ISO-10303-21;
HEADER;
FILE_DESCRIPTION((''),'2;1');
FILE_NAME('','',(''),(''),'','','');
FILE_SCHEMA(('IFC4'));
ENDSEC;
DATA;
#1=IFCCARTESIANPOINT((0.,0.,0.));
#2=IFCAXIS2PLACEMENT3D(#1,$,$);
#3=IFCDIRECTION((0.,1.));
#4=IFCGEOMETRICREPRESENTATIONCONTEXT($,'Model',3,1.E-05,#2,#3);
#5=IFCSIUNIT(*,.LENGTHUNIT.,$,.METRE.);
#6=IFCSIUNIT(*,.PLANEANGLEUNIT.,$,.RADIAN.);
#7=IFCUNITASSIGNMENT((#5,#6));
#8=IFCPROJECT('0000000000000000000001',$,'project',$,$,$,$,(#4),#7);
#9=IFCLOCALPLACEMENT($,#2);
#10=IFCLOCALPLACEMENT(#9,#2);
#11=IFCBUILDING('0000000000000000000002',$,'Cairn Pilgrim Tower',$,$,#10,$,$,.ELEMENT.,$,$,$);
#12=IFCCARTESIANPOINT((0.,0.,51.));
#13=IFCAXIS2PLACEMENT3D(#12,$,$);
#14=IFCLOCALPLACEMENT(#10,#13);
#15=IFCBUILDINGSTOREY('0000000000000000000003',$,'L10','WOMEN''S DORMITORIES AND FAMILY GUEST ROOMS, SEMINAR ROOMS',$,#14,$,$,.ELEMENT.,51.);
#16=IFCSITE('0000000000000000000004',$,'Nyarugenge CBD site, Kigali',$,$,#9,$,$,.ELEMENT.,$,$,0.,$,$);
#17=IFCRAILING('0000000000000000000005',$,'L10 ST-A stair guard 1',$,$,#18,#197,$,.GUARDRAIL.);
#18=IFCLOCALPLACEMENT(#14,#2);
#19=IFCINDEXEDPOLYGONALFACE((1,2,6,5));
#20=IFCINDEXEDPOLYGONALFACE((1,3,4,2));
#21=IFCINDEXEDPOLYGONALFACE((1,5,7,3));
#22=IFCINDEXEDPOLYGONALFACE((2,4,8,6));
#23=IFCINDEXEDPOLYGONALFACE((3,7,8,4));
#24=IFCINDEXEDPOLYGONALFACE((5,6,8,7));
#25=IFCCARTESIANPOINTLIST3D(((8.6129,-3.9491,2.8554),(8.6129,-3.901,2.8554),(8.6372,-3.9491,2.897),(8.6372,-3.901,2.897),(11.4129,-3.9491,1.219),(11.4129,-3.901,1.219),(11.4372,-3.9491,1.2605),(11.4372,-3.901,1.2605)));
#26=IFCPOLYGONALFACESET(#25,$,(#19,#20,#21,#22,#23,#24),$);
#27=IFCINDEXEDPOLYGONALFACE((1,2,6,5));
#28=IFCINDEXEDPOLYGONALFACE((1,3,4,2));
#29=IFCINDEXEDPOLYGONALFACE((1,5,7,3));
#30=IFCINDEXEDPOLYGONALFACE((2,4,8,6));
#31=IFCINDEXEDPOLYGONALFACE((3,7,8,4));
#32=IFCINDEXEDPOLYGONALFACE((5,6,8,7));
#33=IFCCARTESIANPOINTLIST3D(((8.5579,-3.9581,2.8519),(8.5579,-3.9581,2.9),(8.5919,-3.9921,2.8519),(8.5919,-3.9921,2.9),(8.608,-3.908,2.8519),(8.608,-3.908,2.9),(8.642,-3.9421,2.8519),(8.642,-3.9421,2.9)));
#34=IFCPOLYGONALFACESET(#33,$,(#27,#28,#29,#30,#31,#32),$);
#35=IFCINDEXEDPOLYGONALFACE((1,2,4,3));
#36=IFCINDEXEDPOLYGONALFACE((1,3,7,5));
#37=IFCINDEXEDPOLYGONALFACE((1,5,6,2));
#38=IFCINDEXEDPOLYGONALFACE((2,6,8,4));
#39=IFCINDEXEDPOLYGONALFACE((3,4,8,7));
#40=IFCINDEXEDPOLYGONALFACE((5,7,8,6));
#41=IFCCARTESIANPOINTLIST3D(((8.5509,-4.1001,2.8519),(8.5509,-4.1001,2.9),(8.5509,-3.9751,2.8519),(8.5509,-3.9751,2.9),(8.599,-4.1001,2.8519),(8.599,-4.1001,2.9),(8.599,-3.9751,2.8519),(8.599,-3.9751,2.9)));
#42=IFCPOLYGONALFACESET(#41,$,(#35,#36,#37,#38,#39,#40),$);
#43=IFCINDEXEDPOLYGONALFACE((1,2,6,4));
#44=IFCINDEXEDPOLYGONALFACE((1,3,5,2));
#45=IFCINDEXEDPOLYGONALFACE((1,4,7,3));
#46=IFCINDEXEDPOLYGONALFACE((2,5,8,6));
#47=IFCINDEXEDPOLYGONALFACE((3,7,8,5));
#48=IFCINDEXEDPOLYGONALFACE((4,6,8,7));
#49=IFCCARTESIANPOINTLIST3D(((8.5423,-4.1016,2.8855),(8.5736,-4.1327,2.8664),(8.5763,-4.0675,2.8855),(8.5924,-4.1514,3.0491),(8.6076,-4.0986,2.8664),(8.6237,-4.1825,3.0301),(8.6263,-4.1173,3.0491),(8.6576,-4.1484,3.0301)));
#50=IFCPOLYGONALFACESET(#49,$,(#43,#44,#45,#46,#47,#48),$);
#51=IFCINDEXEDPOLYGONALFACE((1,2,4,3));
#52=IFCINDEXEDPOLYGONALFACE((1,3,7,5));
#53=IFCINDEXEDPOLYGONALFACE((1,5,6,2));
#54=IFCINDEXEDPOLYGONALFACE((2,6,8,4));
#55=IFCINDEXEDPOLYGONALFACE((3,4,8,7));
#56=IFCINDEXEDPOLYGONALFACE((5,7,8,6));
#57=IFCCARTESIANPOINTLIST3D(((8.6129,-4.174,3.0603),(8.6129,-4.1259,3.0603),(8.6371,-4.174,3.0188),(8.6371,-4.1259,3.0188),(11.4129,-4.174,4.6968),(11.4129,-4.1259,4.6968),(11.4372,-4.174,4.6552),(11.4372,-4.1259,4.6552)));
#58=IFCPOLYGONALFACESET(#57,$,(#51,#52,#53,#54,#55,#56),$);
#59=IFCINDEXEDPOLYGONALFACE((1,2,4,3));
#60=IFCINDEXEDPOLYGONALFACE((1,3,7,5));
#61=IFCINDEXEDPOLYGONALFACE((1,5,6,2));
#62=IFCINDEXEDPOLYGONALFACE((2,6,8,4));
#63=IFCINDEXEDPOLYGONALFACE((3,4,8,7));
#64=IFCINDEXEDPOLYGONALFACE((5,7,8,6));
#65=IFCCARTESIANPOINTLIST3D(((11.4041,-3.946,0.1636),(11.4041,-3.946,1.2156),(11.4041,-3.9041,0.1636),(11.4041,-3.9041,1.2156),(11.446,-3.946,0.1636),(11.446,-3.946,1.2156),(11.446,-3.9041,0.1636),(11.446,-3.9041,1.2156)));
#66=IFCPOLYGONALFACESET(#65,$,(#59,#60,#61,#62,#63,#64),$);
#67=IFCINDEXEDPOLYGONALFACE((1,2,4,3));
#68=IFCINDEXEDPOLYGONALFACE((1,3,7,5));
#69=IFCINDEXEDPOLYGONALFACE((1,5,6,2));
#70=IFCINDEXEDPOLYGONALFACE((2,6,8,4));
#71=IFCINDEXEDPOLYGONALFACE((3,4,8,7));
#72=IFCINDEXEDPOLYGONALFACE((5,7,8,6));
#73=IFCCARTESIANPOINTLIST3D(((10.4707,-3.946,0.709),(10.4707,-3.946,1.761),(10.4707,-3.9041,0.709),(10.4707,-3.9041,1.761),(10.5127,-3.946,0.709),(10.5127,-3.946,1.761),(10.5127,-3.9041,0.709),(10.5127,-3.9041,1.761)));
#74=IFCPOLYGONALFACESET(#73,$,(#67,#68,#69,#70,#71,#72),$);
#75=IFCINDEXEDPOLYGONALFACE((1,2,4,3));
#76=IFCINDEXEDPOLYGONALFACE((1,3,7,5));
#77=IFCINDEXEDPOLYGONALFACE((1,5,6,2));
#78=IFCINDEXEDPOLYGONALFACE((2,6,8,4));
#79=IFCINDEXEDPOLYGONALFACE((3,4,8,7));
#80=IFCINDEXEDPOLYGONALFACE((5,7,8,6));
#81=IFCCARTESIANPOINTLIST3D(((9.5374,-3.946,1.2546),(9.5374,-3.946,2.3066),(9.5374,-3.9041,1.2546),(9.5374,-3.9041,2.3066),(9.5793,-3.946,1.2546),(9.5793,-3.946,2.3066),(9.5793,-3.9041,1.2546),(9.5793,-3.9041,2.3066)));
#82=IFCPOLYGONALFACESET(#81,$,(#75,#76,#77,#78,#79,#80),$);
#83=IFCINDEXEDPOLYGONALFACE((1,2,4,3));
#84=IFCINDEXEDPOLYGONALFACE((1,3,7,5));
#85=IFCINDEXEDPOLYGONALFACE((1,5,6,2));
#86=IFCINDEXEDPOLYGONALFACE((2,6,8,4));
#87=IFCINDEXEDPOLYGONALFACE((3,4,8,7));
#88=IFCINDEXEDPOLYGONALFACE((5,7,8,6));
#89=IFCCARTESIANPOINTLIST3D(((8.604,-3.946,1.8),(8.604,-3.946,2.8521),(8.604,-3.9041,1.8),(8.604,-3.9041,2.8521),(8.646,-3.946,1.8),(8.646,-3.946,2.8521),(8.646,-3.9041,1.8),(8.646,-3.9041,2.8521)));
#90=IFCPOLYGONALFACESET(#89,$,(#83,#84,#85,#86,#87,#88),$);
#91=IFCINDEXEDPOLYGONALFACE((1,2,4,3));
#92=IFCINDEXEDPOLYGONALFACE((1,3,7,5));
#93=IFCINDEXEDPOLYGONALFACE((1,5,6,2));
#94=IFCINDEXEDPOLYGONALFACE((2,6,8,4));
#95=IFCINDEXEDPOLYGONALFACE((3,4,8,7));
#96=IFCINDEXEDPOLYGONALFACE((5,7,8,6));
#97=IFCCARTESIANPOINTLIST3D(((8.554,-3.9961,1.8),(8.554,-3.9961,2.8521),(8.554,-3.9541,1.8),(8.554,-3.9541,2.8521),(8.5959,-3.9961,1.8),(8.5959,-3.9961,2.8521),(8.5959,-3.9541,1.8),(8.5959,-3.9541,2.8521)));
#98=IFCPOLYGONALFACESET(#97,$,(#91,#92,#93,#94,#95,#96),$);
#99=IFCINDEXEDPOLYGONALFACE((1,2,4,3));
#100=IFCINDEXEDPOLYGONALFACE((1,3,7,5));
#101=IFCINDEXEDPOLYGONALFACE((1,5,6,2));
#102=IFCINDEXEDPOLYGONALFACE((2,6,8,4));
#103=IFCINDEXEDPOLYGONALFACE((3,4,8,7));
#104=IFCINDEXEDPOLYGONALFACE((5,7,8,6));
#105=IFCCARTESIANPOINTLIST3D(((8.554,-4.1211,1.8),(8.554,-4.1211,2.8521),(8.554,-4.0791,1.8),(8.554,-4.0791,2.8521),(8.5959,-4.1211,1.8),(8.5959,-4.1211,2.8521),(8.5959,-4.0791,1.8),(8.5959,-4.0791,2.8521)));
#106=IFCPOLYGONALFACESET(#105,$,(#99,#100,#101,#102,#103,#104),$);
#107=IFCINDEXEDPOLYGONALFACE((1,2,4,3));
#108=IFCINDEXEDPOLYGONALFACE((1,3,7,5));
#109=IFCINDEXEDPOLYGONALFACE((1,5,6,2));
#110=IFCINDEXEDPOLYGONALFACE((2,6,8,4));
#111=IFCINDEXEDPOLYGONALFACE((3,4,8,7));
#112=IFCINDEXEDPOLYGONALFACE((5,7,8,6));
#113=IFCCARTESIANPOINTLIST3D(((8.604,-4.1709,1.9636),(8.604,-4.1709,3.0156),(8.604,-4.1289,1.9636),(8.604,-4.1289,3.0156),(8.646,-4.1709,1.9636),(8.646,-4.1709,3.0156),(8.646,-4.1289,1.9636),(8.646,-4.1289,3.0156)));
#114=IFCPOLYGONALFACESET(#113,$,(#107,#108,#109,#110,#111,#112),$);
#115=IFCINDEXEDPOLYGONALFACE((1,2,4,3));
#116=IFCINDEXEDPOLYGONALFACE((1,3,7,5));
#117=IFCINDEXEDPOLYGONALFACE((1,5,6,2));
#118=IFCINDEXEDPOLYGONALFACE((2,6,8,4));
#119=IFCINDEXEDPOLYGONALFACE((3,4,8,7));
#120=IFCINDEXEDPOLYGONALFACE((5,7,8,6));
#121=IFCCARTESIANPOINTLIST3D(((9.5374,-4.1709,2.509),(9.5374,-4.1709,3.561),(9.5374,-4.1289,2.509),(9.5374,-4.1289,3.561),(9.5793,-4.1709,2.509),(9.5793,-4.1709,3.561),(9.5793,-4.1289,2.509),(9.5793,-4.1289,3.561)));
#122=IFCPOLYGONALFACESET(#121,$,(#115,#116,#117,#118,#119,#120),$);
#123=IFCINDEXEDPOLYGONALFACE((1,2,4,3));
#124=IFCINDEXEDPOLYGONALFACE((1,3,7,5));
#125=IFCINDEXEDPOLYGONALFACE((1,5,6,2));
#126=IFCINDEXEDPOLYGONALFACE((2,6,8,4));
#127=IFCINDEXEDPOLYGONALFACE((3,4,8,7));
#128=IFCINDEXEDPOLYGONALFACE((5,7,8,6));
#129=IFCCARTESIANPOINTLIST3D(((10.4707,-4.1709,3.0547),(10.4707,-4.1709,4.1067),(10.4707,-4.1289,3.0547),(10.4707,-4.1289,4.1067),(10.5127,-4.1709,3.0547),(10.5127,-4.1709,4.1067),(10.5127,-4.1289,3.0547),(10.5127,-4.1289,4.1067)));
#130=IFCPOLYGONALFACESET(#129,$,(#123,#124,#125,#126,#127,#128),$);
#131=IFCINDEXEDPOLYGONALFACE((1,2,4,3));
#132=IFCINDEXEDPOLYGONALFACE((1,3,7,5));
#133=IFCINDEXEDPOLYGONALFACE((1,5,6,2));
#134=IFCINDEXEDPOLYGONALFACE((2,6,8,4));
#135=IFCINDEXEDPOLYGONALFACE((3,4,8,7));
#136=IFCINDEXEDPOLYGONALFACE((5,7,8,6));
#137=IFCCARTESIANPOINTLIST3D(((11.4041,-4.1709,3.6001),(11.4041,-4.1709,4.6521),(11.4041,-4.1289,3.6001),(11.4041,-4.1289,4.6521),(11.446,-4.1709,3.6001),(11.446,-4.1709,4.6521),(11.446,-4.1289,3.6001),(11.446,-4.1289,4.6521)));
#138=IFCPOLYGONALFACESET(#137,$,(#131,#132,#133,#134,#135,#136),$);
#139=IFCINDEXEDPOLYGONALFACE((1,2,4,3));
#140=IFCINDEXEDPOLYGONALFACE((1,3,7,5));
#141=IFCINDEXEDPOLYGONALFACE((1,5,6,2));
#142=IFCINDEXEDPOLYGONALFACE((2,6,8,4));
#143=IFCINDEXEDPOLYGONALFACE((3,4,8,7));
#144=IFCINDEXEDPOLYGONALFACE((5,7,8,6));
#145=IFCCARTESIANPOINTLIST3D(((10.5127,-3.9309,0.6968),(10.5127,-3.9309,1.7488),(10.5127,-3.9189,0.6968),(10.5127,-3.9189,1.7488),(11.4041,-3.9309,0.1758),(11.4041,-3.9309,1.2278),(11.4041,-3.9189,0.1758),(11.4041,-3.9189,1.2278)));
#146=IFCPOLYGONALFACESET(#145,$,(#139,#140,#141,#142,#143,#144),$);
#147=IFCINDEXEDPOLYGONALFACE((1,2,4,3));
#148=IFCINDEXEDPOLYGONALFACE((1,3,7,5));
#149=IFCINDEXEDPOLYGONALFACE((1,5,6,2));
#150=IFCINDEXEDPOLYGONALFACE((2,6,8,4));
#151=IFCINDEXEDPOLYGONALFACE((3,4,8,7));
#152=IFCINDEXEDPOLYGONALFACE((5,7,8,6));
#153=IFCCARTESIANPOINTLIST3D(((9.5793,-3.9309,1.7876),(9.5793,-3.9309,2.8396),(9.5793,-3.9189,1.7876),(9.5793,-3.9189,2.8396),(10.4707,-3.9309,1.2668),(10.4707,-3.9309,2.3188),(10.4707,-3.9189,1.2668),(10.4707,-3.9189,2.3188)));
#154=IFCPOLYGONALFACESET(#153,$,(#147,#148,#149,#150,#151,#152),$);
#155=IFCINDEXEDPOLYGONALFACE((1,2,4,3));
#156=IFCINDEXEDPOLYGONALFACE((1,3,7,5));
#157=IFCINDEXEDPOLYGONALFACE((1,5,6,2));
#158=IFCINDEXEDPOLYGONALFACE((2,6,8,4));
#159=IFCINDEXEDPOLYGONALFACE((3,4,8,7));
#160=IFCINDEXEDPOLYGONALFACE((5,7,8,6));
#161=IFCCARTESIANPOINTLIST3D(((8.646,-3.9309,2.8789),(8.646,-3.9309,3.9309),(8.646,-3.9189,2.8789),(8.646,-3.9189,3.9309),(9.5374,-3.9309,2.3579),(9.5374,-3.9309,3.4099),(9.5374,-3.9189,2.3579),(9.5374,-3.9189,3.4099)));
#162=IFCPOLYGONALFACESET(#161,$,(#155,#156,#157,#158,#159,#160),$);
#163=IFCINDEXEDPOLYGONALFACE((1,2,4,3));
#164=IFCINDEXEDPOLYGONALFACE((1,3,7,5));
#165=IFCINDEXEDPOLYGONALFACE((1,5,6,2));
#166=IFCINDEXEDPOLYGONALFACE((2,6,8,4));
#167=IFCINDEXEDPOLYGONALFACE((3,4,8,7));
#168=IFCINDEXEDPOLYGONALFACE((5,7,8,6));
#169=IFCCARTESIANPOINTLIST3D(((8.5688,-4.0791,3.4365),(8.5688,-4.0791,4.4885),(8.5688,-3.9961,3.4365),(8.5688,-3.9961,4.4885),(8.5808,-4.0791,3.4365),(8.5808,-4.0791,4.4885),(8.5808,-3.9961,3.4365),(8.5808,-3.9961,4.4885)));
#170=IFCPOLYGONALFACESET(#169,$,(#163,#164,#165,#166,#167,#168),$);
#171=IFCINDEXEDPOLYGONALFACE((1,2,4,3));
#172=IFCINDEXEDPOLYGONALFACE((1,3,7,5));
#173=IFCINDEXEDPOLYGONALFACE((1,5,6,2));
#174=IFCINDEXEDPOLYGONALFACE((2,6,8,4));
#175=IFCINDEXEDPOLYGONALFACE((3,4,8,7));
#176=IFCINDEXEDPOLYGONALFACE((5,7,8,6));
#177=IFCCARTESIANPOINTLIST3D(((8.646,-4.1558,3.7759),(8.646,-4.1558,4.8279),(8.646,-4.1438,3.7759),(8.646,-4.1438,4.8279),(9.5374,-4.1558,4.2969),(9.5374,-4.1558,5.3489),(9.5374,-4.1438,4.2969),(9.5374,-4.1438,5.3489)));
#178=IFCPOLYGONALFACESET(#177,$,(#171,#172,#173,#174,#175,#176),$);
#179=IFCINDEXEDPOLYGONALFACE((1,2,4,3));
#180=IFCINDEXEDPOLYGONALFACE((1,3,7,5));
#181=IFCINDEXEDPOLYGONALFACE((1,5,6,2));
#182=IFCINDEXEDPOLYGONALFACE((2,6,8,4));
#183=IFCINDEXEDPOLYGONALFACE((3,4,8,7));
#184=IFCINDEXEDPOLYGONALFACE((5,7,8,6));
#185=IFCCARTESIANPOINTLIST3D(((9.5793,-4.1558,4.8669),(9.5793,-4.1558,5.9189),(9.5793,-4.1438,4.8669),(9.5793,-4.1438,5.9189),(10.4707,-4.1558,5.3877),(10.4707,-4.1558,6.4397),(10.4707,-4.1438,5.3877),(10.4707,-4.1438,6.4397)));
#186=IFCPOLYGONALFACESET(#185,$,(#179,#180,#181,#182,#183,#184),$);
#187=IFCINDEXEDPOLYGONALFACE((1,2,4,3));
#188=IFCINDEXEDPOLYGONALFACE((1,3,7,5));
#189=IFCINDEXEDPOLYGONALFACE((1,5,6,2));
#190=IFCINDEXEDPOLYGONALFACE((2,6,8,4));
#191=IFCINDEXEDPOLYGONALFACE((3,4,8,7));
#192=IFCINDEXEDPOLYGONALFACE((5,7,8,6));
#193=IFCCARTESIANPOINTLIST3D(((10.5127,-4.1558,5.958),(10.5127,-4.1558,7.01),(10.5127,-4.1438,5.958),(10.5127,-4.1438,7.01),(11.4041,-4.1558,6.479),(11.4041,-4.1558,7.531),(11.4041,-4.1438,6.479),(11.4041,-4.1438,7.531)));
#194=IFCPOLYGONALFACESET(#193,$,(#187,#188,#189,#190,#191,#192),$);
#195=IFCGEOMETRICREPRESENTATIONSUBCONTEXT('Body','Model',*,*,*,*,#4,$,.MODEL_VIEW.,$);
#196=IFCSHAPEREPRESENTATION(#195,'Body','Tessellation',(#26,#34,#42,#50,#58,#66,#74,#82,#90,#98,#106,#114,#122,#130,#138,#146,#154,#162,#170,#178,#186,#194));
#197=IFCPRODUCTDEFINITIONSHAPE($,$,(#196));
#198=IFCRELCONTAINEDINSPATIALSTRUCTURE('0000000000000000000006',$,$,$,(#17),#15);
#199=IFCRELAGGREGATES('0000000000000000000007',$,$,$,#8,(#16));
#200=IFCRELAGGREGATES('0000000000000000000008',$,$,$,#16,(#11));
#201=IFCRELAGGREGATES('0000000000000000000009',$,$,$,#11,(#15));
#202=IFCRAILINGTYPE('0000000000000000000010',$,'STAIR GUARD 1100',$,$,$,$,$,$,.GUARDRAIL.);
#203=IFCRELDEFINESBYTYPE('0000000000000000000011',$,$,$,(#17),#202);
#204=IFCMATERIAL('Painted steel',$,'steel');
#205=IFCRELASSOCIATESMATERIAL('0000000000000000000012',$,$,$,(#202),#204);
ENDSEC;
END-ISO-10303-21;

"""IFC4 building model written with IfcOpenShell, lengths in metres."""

from ifc_helpers import new_model, si_unit, direction, frame, origin, origin_2d, place, context, subcontext, project, spatial, polyline, rectangle, outline, extrude, material, type_object, element, save


model = new_model("IFC4")

# Units and contexts
model_context = context("Model", 3, precision=1e-05, world=origin(), true_north=direction((0.0, 1.0)))
body_context = subcontext(model_context, "Body", "Model", "MODEL_VIEW")
ifc_project = project(units=[si_unit("LENGTHUNIT", "METRE"), si_unit("PLANEANGLEUNIT", "RADIAN")], contexts=[model_context])

# Site, building, storey
site_placement = place(None, origin())
site = spatial("IfcSite", under=ifc_project, at=site_placement, Name="Nyarugenge CBD site, Kigali", CompositionType="ELEMENT", RefElevation=0.0)
building_placement = place(site_placement, origin())
building = spatial("IfcBuilding", under=site, at=building_placement, Name="Cairn Pilgrim Tower", CompositionType="ELEMENT")
storey_placement = place(building_placement, frame((0.0, 0.0, 51.0)))
storey = spatial("IfcBuildingStorey", under=building, at=storey_placement, Name="L10", Description="WOMEN'S DORMITORIES AND FAMILY GUEST ROOMS, SEMINAR ROOMS", CompositionType="ELEMENT", Elevation=51.0)

# Shared definitions
ifc_material_1 = material(Name="Painted steel", Category="steel")

# Railing
railing_type_1 = type_object("IfcRailingType", Name="STAIR GUARD 1100", PredefinedType="GUARDRAIL", material=ifc_material_1)
railing_1_placement = place(storey_placement, frame((11.425, -3.925, 0.1636)))
element("IfcRailing", 1, at=railing_1_placement, inside=storey, type_object=railing_type_1, Name="L10 ST-A stair guard 1", PredefinedType="GUARDRAIL", context=body_context, shape_type="SweptSolid", body=[
    extrude(rectangle(XDim=0.0481, YDim=0.0481, at=origin_2d()), frame((0.0, 0.0, 1.0762), z_axis=(-0.863361, 0.0, 0.504587), x_axis=(0.0, -1.0, 0.0)), (0.0, 0.0, 1.0), 3.2432),
    extrude(rectangle(XDim=0.0481, YDim=0.0481, at=origin_2d()), frame((-2.8, 0.0, 2.7124), z_axis=(-0.707107, -0.707107, 0.0), x_axis=(0.707107, -0.707107, 0.0)), (0.0, 0.0, 1.0), 0.0708),
    extrude(rectangle(XDim=0.0481, YDim=0.0481, at=origin_2d()), frame((-2.8501, -0.05, 2.7124), z_axis=(0.0, -1.0, 0.0), x_axis=(1.0, 0.0, 0.0)), (0.0, 0.0, 1.0), 0.125),
    extrude(rectangle(XDim=0.0481, YDim=0.0481, at=origin_2d()), frame((-2.8501, -0.175, 2.7124), z_axis=(0.280917, -0.279546, 0.918118), x_axis=(0.705376, 0.708834, 0.0)), (0.0, 0.0, 1.0), 0.1782),
    extrude(rectangle(XDim=0.0481, YDim=0.0481, at=origin_2d()), frame((-2.8, -0.2249, 2.876), z_axis=(0.863361, 0.0, 0.504587), x_axis=(0.0, 1.0, 0.0)), (0.0, 0.0, 1.0), 3.2432),
    extrude(rectangle(XDim=0.042, YDim=0.042, at=origin_2d()), origin(), (0.0, 0.0, 1.0), 1.052),
    extrude(rectangle(XDim=0.042, YDim=0.042, at=origin_2d()), frame((-0.9333, 0.0, 0.5454)), (0.0, 0.0, 1.0), 1.052),
    extrude(rectangle(XDim=0.042, YDim=0.042, at=origin_2d()), frame((-1.8667, 0.0, 1.0911)), (0.0, 0.0, 1.0), 1.052),
    extrude(rectangle(XDim=0.042, YDim=0.042, at=origin_2d()), frame((-2.8, 0.0, 1.6365)), (0.0, 0.0, 1.0), 1.052),
    extrude(rectangle(XDim=0.042, YDim=0.042, at=origin_2d()), frame((-2.8501, -0.05, 1.6365)), (0.0, 0.0, 1.0), 1.052),
    extrude(rectangle(XDim=0.042, YDim=0.042, at=origin_2d()), frame((-2.8501, -0.175, 1.6365)), (0.0, 0.0, 1.0), 1.052),
    extrude(rectangle(XDim=0.042, YDim=0.042, at=origin_2d()), frame((-2.8, -0.2249, 1.8)), (0.0, 0.0, 1.0), 1.052),
    extrude(rectangle(XDim=0.042, YDim=0.042, at=origin_2d()), frame((-1.8667, -0.2249, 2.3455)), (0.0, 0.0, 1.0), 1.052),
    extrude(rectangle(XDim=0.042, YDim=0.042, at=origin_2d()), frame((-0.9333, -0.2249, 2.8911)), (0.0, 0.0, 1.0), 1.052),
    extrude(rectangle(XDim=0.042, YDim=0.042, at=origin_2d()), frame((0.0, -0.2249, 3.4365)), (0.0, 0.0, 1.0), 1.052),
    extrude(outline(polyline([(0.021, 0.0122), (0.9124, 0.5332), (0.9124, 1.5852), (0.021, 1.0642), (0.021, 0.0122)])), frame((0.0, -0.0059, 0.0), z_axis=(0.0, 1.0, 0.0), x_axis=(-1.0, 0.0, 0.0)), (0.0, 0.0, 1.0), 0.012),
    extrude(outline(polyline([(0.021, 0.5579), (0.9124, 1.0786), (0.9124, 2.1306), (0.021, 1.6099), (0.021, 0.5579)])), frame((-0.9333, -0.0059, 0.5454), z_axis=(0.0, 1.0, 0.0), x_axis=(-1.0, 0.0, 0.0)), (0.0, 0.0, 1.0), 0.012),
    extrude(outline(polyline([(0.021, 1.1033), (0.9124, 1.6243), (0.9124, 2.6763), (0.021, 2.1553), (0.021, 1.1033)])), frame((-1.8667, -0.0059, 1.0911), z_axis=(0.0, 1.0, 0.0), x_axis=(-1.0, 0.0, 0.0)), (0.0, 0.0, 1.0), 0.012),
    extrude(outline(polyline([(0.021, 1.6365), (0.104, 1.6365), (0.104, 2.6885), (0.021, 2.6885), (0.021, 1.6365)])), frame((-2.8442, -0.05, 1.6365), z_axis=(-1.0, 0.0, 0.0), x_axis=(0.0, -1.0, 0.0)), (0.0, 0.0, 1.0), 0.012),
    extrude(outline(polyline([(0.021, 1.8123), (0.9124, 2.3333), (0.9124, 3.3853), (0.021, 2.8643), (0.021, 1.8123)])), frame((-2.8, -0.2188, 1.8), z_axis=(0.0, -1.0, 0.0), x_axis=(1.0, 0.0, 0.0)), (0.0, 0.0, 1.0), 0.012),
    extrude(outline(polyline([(0.021, 2.3579), (0.9124, 2.8787), (0.9124, 3.9307), (0.021, 3.4099), (0.021, 2.3579)])), frame((-1.8667, -0.2188, 2.3455), z_axis=(0.0, -1.0, 0.0), x_axis=(1.0, 0.0, 0.0)), (0.0, 0.0, 1.0), 0.012),
    extrude(outline(polyline([(0.021, 2.9033), (0.9124, 3.4243), (0.9124, 4.4763), (0.021, 3.9553), (0.021, 2.9033)])), frame((-0.9333, -0.2188, 2.8911), z_axis=(0.0, -1.0, 0.0), x_axis=(1.0, 0.0, 0.0)), (0.0, 0.0, 1.0), 0.012),
])

save(model, "model.ifc")
